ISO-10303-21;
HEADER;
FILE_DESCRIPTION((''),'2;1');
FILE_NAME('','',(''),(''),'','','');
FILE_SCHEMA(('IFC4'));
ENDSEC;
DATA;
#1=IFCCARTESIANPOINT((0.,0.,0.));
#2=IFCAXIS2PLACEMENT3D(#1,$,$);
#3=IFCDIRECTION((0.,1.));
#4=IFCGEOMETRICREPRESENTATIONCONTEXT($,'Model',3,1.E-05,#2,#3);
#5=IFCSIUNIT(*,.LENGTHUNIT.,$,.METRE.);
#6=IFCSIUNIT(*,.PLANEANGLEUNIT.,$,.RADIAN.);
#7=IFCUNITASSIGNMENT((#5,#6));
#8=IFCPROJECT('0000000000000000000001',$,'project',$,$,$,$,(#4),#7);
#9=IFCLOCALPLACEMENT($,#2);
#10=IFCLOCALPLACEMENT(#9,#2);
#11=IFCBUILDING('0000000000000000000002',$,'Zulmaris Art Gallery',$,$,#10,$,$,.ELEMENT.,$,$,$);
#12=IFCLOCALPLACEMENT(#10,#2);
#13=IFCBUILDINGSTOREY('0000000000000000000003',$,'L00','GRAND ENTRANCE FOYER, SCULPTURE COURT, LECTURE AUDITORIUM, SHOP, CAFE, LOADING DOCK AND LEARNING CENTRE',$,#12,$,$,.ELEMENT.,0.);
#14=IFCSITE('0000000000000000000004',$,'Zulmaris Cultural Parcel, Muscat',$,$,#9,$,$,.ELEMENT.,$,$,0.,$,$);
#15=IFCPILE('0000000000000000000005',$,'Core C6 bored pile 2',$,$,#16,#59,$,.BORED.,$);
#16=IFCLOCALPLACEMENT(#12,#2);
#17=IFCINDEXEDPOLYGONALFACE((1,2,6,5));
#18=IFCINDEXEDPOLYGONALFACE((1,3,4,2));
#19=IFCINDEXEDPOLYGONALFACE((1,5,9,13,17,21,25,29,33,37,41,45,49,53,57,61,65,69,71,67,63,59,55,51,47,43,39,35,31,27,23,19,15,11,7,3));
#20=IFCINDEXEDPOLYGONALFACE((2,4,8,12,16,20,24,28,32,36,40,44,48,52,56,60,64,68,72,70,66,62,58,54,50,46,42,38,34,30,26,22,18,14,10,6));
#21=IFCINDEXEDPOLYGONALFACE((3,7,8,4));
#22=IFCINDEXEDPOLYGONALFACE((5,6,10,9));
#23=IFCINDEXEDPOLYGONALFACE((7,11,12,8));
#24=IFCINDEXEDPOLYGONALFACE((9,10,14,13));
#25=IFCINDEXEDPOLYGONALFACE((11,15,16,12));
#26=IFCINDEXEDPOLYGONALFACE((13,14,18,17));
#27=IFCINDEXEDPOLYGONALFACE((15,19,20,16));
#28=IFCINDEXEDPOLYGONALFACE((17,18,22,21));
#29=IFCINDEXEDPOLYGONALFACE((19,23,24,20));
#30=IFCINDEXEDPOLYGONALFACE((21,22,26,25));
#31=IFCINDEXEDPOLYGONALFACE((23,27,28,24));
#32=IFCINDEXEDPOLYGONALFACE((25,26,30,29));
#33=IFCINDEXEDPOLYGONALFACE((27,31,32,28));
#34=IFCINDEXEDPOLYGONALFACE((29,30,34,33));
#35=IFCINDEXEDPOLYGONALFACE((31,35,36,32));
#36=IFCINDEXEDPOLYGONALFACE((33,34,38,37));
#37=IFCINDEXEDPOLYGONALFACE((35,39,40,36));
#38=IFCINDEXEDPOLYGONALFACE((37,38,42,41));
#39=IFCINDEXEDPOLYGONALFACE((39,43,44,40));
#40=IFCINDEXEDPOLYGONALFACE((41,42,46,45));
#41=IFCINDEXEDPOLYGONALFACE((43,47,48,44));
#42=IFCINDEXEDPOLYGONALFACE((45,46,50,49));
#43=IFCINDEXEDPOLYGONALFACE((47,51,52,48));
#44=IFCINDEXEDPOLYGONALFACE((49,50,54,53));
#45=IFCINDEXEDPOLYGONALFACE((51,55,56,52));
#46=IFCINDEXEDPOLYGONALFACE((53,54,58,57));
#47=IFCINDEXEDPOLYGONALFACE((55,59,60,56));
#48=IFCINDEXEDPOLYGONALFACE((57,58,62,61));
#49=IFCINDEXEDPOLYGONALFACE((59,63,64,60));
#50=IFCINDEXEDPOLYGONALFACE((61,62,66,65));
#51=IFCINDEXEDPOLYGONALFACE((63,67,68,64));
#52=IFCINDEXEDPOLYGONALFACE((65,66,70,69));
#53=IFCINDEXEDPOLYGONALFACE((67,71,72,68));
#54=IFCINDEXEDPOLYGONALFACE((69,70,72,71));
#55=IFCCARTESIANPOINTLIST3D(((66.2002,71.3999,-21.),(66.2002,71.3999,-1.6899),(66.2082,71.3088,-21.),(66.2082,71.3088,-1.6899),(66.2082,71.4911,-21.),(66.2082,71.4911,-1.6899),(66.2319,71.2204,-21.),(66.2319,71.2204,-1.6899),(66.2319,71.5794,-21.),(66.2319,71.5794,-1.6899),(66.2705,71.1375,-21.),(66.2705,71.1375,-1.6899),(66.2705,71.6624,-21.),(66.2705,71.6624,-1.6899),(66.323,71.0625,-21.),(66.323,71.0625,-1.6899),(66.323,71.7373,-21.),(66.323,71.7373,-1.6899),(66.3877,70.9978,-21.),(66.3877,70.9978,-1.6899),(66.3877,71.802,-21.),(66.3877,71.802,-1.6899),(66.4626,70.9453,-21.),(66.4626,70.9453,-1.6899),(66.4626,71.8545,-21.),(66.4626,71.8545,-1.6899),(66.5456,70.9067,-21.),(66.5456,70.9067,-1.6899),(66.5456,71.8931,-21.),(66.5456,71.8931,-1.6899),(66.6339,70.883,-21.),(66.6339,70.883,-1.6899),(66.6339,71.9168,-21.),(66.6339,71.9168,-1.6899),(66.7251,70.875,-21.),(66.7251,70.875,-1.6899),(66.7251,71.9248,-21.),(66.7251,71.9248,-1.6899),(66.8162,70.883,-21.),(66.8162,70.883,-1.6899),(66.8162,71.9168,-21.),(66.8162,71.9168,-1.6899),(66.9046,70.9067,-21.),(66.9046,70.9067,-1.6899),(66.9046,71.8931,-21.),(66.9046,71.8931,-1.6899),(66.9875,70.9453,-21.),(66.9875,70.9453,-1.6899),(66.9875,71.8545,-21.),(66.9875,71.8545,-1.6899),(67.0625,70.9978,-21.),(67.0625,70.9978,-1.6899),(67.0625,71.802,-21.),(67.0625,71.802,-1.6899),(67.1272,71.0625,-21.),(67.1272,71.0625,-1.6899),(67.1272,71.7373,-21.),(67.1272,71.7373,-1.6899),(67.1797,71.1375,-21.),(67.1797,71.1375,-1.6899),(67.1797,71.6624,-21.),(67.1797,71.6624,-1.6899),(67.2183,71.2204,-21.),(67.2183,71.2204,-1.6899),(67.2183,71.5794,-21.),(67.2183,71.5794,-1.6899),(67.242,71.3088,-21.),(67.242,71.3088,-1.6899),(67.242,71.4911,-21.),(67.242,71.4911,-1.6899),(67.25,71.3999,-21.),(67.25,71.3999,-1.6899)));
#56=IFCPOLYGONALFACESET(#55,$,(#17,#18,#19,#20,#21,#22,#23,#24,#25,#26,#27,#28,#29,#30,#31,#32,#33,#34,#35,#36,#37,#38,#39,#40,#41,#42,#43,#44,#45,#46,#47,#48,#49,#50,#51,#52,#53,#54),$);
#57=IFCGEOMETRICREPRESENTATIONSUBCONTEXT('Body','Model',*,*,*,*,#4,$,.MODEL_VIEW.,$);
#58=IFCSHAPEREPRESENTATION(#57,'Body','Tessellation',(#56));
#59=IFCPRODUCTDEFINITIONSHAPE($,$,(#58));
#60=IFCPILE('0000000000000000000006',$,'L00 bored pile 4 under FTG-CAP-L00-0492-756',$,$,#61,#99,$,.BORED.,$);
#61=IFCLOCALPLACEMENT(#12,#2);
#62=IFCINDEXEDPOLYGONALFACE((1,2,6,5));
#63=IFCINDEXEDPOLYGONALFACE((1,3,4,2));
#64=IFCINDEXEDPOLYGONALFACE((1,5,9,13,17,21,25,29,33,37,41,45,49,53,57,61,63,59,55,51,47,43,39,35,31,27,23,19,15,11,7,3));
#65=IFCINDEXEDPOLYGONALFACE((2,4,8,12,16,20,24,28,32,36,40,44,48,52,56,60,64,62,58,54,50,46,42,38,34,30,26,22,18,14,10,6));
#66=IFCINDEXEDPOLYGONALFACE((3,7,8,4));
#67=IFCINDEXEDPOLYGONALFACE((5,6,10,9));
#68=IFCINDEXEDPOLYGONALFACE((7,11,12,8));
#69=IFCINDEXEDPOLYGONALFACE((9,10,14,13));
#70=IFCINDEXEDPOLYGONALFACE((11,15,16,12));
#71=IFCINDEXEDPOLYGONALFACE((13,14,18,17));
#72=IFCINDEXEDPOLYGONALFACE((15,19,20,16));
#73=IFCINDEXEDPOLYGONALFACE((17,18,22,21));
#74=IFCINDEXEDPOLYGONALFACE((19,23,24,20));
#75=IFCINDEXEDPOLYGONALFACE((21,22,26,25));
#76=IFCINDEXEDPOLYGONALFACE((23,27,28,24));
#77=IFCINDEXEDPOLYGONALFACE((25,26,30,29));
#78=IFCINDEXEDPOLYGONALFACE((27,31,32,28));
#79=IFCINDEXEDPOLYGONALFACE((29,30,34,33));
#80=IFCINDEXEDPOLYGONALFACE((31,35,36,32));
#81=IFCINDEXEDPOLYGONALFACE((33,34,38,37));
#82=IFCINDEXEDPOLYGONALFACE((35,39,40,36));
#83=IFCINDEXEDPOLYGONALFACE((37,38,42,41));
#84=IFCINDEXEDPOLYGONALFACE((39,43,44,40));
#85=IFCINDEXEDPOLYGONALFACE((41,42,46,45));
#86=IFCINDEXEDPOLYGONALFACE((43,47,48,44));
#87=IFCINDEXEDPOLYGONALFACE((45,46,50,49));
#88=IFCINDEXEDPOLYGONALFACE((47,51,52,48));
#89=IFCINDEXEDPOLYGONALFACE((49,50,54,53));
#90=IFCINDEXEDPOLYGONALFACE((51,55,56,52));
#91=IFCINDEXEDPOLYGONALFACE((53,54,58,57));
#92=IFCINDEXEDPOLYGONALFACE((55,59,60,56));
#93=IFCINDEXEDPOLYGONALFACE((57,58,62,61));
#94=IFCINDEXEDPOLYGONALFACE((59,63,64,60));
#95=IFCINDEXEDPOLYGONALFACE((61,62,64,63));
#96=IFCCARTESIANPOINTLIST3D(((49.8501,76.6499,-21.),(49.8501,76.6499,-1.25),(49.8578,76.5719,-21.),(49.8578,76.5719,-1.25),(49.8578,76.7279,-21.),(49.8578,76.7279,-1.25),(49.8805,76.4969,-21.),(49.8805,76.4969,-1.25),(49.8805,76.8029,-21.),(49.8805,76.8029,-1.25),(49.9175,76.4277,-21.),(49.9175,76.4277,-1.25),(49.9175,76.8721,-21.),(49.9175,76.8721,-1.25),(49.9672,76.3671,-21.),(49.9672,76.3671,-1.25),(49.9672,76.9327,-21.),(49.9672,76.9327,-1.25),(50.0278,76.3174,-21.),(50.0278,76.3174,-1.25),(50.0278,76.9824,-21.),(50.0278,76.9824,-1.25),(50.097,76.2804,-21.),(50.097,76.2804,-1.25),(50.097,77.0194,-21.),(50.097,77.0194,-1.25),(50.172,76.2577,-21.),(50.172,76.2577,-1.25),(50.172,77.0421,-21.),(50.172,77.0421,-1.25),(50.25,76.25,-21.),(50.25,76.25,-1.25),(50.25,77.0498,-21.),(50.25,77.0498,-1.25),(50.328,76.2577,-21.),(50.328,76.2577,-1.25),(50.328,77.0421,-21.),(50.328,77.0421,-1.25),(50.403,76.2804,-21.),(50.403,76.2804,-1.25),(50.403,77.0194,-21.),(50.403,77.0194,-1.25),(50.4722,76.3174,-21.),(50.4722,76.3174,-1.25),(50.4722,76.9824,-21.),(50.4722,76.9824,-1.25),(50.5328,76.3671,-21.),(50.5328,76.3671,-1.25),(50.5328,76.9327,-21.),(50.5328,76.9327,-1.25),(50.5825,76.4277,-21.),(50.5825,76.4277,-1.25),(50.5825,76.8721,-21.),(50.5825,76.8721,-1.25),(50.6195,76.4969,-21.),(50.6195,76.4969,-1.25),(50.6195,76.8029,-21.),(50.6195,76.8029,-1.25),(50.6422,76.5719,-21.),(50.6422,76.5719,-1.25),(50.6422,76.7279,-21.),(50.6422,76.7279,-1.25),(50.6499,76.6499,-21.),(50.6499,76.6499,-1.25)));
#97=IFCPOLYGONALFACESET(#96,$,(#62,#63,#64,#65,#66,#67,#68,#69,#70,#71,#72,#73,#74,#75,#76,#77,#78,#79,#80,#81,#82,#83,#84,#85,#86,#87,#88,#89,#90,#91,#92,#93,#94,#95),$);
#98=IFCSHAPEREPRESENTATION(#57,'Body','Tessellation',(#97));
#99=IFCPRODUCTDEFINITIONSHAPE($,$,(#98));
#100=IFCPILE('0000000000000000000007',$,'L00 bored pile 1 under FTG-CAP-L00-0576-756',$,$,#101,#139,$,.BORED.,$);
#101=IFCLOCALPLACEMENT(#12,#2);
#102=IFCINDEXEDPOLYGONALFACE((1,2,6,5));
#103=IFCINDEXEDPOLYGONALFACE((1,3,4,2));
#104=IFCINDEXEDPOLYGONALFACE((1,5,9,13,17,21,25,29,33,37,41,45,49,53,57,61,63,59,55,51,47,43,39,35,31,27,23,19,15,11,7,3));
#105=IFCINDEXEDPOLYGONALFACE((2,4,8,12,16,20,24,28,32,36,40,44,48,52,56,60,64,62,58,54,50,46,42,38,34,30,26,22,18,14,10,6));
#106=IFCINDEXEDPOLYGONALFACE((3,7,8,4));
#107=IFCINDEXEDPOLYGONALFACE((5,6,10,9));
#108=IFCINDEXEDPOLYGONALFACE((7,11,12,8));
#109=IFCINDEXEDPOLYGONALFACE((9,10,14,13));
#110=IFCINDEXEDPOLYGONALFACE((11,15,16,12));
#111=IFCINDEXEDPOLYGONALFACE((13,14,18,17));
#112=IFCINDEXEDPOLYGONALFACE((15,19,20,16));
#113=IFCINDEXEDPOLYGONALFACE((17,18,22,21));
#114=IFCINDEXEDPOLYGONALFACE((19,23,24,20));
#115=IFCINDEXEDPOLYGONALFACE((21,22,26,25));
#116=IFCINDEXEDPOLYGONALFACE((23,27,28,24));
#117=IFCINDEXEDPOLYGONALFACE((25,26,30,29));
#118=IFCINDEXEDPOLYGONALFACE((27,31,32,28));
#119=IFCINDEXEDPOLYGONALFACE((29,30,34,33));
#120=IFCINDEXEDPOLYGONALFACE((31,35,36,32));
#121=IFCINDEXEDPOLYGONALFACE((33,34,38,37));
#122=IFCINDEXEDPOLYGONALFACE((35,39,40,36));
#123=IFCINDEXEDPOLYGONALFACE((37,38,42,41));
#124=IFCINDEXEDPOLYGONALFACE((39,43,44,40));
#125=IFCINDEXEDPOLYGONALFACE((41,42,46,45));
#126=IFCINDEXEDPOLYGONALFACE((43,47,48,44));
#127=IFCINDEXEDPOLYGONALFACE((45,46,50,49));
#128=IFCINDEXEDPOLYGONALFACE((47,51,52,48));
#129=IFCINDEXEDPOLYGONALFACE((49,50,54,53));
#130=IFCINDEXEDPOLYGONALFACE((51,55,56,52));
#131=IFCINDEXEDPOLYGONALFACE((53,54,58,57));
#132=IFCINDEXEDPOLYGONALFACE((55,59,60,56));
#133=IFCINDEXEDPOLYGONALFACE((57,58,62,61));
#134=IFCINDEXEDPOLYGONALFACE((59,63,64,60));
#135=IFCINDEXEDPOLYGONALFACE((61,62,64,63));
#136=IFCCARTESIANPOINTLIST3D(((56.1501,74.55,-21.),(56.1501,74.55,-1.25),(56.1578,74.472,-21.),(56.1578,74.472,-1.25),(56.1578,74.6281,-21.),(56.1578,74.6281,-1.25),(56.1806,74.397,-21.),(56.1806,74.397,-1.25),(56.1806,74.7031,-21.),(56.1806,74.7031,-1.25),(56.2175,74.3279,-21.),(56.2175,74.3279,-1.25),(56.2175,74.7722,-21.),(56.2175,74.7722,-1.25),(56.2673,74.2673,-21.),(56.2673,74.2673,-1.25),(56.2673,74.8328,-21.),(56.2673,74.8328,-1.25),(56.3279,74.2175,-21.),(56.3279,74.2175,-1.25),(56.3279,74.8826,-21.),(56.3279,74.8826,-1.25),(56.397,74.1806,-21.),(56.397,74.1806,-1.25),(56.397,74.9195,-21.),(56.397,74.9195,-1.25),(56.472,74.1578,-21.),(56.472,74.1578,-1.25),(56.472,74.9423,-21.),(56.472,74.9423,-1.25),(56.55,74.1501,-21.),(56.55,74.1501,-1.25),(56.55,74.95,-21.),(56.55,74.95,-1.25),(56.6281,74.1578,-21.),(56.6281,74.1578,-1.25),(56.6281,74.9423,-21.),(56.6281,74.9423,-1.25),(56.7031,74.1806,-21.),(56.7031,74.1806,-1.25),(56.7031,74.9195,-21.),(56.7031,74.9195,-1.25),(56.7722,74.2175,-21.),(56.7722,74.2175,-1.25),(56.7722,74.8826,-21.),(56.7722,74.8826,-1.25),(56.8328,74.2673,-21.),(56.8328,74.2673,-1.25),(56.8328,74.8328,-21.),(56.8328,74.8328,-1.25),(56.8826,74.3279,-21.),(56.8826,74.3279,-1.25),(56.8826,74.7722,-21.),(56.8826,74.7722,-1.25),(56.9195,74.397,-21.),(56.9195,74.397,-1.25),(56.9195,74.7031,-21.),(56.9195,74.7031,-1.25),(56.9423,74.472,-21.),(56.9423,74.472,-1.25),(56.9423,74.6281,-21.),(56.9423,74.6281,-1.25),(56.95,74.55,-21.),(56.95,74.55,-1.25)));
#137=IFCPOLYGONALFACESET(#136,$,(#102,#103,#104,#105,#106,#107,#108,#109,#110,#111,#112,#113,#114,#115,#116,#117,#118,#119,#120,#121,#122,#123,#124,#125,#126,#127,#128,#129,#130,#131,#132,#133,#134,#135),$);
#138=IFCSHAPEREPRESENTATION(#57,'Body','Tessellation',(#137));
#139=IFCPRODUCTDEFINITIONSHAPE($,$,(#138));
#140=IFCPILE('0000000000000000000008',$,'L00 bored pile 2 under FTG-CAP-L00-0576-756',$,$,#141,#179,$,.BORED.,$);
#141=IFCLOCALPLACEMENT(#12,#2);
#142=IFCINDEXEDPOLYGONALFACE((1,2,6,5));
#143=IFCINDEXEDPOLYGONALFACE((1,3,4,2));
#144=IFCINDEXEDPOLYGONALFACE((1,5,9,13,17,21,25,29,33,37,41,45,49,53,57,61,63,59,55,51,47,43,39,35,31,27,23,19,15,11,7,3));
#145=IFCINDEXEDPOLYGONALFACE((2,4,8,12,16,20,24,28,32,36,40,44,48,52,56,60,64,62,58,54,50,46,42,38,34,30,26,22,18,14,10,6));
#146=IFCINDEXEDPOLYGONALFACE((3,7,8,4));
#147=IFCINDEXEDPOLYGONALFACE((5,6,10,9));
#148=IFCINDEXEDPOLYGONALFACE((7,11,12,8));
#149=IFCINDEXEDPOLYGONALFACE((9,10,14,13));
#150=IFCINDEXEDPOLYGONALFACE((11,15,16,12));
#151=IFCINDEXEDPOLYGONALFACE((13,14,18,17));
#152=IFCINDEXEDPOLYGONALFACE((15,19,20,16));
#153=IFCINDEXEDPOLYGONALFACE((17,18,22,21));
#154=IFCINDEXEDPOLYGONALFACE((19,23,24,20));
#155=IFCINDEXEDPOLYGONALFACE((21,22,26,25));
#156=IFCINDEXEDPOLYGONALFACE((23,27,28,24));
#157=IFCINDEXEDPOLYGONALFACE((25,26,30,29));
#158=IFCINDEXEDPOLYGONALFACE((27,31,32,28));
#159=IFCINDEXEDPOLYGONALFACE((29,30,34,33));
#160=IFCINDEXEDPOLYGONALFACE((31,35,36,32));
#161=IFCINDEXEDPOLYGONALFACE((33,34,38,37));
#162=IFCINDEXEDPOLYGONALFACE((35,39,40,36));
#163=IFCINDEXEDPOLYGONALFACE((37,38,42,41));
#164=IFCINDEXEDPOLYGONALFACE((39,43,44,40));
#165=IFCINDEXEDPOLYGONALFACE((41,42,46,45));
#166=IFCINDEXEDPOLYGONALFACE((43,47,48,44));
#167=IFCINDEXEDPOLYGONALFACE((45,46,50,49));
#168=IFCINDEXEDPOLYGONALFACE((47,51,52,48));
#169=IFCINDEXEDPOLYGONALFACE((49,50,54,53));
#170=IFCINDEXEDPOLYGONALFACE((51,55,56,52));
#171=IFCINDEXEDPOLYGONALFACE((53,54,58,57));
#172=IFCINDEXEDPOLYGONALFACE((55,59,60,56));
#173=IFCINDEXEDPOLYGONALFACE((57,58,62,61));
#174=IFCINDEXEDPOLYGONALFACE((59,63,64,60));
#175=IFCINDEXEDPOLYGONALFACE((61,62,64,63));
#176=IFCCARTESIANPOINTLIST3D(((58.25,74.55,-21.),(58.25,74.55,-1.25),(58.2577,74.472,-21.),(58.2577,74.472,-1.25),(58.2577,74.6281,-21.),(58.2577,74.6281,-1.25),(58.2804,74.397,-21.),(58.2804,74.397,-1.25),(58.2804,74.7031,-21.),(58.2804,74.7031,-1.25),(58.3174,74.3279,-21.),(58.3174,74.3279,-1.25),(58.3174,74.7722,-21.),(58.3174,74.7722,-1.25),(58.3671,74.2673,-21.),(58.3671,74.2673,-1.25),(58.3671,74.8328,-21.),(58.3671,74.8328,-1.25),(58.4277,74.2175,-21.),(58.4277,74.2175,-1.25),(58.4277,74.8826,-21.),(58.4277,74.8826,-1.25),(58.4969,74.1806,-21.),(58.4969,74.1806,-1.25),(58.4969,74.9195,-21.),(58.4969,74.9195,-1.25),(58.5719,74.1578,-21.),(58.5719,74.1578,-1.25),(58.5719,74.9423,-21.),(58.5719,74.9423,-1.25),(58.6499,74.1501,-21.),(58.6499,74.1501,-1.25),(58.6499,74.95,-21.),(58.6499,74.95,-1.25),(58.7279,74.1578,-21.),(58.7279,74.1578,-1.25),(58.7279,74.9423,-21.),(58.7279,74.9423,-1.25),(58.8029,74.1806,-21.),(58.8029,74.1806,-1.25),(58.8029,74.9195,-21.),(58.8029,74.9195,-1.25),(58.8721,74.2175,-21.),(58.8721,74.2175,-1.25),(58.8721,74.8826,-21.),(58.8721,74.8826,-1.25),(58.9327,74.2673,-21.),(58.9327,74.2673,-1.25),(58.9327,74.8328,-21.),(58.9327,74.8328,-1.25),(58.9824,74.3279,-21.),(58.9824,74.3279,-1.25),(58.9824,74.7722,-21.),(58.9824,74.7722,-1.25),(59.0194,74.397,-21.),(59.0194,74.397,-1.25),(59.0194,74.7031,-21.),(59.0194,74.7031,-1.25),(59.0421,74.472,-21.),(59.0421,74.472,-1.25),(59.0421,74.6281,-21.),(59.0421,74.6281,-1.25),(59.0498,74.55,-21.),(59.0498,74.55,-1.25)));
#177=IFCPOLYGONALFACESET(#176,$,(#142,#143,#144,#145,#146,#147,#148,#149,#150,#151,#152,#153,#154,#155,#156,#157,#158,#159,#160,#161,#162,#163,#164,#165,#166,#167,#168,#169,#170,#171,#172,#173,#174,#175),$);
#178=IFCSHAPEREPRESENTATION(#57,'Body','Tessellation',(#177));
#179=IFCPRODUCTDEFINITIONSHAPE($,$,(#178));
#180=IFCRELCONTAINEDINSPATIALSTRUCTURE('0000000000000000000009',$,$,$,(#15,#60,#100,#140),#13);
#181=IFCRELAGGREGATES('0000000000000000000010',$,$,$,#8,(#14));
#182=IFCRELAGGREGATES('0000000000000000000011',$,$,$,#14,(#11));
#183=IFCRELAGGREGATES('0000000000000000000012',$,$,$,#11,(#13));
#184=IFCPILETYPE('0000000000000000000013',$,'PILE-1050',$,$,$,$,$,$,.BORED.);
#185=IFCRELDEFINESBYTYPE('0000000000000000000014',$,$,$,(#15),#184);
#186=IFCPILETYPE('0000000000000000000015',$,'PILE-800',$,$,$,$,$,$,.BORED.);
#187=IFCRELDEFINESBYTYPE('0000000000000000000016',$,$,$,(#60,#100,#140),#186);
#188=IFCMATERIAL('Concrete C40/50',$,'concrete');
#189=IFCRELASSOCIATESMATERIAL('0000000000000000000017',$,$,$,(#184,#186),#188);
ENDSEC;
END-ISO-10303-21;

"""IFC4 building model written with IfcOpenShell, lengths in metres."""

from ifc_helpers import new_model, si_unit, direction, frame, origin, origin_2d, place, context, subcontext, project, spatial, circle, extrude, material, material_profile, profile_set, type_object, element, save


model = new_model("IFC4")

# Units and contexts
model_context = context("Model", 3, precision=1e-05, world=origin(), true_north=direction((0.0, 1.0)))
body_context = subcontext(model_context, "Body", "Model", "MODEL_VIEW")
ifc_project = project(units=[si_unit("LENGTHUNIT", "METRE"), si_unit("PLANEANGLEUNIT", "RADIAN")], contexts=[model_context])

# Site, building, storey
site_placement = place(None, origin())
site = spatial("IfcSite", under=ifc_project, at=site_placement, Name="Zulmaris Cultural Parcel, Muscat", CompositionType="ELEMENT", RefElevation=0.0)
building_placement = place(site_placement, origin())
building = spatial("IfcBuilding", under=site, at=building_placement, Name="Zulmaris Art Gallery", CompositionType="ELEMENT")
storey_placement = place(building_placement, origin())
storey = spatial("IfcBuildingStorey", under=building, at=storey_placement, Name="L00", Description="GRAND ENTRANCE FOYER, SCULPTURE COURT, LECTURE AUDITORIUM, SHOP, CAFE, LOADING DOCK AND LEARNING CENTRE", CompositionType="ELEMENT", Elevation=0.0)

# Piles
ifc_material_1 = material(Name="Concrete C40/50", Category="concrete")
ifc_material_profile_1 = material_profile(ifc_material_1, circle(Radius=0.5249, at=origin_2d()), Name="PILE DIA 1050")
ifc_profile_set_1 = profile_set([ifc_material_profile_1], Name="Concrete C40/50")
pile_type_1 = type_object("IfcPileType", Name="PILE-1050", PredefinedType="BORED", material=ifc_profile_set_1)
pile_placement = place(storey_placement, frame((66.7251, 71.3999, -1.6899), z_axis=(0.0, 0.0, -1.0), x_axis=(1.0, 0.0, 0.0)))
element("IfcPile", 1, at=pile_placement, inside=storey, type_object=pile_type_1, Name="Core C6 bored pile 2", PredefinedType="BORED", context=body_context, shape_type="SweptSolid", body=[
    extrude(circle(Radius=0.5249, at=origin_2d()), origin(), (0.0, 0.0, 1.0), 19.3101),
])
ifc_material_profile_2 = material_profile(ifc_material_1, circle(Radius=0.3999, at=origin_2d()), Name="PILE DIA 800")
ifc_profile_set_2 = profile_set([ifc_material_profile_2], Name="Concrete C40/50")
pile_type_2 = type_object("IfcPileType", Name="PILE-800", PredefinedType="BORED", material=ifc_profile_set_2)
for number, where, z_axis, x_axis, name in (
    (2, (50.25, 76.6499, -1.25), (0.0, 0.0, -1.0), (1.0, 0.0, 0.0), "L00 bored pile 4 under FTG-CAP-L00-0492-756"),
    (3, (56.55, 74.55, -1.25), (0.0, 0.0, -1.0), (1.0, 0.0, 0.0), "L00 bored pile 1 under FTG-CAP-L00-0576-756"),
    (4, (58.6499, 74.55, -1.25), (0.0, 0.0, -1.0), (1.0, 0.0, 0.0), "L00 bored pile 2 under FTG-CAP-L00-0576-756"),
):
    element("IfcPile", number, at=place(storey_placement, frame(where, z_axis=z_axis, x_axis=x_axis)), inside=storey, type_object=pile_type_2, Name=name, PredefinedType="BORED", context=body_context, shape_type="SweptSolid", body=[
        extrude(circle(Radius=0.3999, at=origin_2d()), origin(), (0.0, 0.0, 1.0), 19.75),
    ])

save(model, "model.ifc")
